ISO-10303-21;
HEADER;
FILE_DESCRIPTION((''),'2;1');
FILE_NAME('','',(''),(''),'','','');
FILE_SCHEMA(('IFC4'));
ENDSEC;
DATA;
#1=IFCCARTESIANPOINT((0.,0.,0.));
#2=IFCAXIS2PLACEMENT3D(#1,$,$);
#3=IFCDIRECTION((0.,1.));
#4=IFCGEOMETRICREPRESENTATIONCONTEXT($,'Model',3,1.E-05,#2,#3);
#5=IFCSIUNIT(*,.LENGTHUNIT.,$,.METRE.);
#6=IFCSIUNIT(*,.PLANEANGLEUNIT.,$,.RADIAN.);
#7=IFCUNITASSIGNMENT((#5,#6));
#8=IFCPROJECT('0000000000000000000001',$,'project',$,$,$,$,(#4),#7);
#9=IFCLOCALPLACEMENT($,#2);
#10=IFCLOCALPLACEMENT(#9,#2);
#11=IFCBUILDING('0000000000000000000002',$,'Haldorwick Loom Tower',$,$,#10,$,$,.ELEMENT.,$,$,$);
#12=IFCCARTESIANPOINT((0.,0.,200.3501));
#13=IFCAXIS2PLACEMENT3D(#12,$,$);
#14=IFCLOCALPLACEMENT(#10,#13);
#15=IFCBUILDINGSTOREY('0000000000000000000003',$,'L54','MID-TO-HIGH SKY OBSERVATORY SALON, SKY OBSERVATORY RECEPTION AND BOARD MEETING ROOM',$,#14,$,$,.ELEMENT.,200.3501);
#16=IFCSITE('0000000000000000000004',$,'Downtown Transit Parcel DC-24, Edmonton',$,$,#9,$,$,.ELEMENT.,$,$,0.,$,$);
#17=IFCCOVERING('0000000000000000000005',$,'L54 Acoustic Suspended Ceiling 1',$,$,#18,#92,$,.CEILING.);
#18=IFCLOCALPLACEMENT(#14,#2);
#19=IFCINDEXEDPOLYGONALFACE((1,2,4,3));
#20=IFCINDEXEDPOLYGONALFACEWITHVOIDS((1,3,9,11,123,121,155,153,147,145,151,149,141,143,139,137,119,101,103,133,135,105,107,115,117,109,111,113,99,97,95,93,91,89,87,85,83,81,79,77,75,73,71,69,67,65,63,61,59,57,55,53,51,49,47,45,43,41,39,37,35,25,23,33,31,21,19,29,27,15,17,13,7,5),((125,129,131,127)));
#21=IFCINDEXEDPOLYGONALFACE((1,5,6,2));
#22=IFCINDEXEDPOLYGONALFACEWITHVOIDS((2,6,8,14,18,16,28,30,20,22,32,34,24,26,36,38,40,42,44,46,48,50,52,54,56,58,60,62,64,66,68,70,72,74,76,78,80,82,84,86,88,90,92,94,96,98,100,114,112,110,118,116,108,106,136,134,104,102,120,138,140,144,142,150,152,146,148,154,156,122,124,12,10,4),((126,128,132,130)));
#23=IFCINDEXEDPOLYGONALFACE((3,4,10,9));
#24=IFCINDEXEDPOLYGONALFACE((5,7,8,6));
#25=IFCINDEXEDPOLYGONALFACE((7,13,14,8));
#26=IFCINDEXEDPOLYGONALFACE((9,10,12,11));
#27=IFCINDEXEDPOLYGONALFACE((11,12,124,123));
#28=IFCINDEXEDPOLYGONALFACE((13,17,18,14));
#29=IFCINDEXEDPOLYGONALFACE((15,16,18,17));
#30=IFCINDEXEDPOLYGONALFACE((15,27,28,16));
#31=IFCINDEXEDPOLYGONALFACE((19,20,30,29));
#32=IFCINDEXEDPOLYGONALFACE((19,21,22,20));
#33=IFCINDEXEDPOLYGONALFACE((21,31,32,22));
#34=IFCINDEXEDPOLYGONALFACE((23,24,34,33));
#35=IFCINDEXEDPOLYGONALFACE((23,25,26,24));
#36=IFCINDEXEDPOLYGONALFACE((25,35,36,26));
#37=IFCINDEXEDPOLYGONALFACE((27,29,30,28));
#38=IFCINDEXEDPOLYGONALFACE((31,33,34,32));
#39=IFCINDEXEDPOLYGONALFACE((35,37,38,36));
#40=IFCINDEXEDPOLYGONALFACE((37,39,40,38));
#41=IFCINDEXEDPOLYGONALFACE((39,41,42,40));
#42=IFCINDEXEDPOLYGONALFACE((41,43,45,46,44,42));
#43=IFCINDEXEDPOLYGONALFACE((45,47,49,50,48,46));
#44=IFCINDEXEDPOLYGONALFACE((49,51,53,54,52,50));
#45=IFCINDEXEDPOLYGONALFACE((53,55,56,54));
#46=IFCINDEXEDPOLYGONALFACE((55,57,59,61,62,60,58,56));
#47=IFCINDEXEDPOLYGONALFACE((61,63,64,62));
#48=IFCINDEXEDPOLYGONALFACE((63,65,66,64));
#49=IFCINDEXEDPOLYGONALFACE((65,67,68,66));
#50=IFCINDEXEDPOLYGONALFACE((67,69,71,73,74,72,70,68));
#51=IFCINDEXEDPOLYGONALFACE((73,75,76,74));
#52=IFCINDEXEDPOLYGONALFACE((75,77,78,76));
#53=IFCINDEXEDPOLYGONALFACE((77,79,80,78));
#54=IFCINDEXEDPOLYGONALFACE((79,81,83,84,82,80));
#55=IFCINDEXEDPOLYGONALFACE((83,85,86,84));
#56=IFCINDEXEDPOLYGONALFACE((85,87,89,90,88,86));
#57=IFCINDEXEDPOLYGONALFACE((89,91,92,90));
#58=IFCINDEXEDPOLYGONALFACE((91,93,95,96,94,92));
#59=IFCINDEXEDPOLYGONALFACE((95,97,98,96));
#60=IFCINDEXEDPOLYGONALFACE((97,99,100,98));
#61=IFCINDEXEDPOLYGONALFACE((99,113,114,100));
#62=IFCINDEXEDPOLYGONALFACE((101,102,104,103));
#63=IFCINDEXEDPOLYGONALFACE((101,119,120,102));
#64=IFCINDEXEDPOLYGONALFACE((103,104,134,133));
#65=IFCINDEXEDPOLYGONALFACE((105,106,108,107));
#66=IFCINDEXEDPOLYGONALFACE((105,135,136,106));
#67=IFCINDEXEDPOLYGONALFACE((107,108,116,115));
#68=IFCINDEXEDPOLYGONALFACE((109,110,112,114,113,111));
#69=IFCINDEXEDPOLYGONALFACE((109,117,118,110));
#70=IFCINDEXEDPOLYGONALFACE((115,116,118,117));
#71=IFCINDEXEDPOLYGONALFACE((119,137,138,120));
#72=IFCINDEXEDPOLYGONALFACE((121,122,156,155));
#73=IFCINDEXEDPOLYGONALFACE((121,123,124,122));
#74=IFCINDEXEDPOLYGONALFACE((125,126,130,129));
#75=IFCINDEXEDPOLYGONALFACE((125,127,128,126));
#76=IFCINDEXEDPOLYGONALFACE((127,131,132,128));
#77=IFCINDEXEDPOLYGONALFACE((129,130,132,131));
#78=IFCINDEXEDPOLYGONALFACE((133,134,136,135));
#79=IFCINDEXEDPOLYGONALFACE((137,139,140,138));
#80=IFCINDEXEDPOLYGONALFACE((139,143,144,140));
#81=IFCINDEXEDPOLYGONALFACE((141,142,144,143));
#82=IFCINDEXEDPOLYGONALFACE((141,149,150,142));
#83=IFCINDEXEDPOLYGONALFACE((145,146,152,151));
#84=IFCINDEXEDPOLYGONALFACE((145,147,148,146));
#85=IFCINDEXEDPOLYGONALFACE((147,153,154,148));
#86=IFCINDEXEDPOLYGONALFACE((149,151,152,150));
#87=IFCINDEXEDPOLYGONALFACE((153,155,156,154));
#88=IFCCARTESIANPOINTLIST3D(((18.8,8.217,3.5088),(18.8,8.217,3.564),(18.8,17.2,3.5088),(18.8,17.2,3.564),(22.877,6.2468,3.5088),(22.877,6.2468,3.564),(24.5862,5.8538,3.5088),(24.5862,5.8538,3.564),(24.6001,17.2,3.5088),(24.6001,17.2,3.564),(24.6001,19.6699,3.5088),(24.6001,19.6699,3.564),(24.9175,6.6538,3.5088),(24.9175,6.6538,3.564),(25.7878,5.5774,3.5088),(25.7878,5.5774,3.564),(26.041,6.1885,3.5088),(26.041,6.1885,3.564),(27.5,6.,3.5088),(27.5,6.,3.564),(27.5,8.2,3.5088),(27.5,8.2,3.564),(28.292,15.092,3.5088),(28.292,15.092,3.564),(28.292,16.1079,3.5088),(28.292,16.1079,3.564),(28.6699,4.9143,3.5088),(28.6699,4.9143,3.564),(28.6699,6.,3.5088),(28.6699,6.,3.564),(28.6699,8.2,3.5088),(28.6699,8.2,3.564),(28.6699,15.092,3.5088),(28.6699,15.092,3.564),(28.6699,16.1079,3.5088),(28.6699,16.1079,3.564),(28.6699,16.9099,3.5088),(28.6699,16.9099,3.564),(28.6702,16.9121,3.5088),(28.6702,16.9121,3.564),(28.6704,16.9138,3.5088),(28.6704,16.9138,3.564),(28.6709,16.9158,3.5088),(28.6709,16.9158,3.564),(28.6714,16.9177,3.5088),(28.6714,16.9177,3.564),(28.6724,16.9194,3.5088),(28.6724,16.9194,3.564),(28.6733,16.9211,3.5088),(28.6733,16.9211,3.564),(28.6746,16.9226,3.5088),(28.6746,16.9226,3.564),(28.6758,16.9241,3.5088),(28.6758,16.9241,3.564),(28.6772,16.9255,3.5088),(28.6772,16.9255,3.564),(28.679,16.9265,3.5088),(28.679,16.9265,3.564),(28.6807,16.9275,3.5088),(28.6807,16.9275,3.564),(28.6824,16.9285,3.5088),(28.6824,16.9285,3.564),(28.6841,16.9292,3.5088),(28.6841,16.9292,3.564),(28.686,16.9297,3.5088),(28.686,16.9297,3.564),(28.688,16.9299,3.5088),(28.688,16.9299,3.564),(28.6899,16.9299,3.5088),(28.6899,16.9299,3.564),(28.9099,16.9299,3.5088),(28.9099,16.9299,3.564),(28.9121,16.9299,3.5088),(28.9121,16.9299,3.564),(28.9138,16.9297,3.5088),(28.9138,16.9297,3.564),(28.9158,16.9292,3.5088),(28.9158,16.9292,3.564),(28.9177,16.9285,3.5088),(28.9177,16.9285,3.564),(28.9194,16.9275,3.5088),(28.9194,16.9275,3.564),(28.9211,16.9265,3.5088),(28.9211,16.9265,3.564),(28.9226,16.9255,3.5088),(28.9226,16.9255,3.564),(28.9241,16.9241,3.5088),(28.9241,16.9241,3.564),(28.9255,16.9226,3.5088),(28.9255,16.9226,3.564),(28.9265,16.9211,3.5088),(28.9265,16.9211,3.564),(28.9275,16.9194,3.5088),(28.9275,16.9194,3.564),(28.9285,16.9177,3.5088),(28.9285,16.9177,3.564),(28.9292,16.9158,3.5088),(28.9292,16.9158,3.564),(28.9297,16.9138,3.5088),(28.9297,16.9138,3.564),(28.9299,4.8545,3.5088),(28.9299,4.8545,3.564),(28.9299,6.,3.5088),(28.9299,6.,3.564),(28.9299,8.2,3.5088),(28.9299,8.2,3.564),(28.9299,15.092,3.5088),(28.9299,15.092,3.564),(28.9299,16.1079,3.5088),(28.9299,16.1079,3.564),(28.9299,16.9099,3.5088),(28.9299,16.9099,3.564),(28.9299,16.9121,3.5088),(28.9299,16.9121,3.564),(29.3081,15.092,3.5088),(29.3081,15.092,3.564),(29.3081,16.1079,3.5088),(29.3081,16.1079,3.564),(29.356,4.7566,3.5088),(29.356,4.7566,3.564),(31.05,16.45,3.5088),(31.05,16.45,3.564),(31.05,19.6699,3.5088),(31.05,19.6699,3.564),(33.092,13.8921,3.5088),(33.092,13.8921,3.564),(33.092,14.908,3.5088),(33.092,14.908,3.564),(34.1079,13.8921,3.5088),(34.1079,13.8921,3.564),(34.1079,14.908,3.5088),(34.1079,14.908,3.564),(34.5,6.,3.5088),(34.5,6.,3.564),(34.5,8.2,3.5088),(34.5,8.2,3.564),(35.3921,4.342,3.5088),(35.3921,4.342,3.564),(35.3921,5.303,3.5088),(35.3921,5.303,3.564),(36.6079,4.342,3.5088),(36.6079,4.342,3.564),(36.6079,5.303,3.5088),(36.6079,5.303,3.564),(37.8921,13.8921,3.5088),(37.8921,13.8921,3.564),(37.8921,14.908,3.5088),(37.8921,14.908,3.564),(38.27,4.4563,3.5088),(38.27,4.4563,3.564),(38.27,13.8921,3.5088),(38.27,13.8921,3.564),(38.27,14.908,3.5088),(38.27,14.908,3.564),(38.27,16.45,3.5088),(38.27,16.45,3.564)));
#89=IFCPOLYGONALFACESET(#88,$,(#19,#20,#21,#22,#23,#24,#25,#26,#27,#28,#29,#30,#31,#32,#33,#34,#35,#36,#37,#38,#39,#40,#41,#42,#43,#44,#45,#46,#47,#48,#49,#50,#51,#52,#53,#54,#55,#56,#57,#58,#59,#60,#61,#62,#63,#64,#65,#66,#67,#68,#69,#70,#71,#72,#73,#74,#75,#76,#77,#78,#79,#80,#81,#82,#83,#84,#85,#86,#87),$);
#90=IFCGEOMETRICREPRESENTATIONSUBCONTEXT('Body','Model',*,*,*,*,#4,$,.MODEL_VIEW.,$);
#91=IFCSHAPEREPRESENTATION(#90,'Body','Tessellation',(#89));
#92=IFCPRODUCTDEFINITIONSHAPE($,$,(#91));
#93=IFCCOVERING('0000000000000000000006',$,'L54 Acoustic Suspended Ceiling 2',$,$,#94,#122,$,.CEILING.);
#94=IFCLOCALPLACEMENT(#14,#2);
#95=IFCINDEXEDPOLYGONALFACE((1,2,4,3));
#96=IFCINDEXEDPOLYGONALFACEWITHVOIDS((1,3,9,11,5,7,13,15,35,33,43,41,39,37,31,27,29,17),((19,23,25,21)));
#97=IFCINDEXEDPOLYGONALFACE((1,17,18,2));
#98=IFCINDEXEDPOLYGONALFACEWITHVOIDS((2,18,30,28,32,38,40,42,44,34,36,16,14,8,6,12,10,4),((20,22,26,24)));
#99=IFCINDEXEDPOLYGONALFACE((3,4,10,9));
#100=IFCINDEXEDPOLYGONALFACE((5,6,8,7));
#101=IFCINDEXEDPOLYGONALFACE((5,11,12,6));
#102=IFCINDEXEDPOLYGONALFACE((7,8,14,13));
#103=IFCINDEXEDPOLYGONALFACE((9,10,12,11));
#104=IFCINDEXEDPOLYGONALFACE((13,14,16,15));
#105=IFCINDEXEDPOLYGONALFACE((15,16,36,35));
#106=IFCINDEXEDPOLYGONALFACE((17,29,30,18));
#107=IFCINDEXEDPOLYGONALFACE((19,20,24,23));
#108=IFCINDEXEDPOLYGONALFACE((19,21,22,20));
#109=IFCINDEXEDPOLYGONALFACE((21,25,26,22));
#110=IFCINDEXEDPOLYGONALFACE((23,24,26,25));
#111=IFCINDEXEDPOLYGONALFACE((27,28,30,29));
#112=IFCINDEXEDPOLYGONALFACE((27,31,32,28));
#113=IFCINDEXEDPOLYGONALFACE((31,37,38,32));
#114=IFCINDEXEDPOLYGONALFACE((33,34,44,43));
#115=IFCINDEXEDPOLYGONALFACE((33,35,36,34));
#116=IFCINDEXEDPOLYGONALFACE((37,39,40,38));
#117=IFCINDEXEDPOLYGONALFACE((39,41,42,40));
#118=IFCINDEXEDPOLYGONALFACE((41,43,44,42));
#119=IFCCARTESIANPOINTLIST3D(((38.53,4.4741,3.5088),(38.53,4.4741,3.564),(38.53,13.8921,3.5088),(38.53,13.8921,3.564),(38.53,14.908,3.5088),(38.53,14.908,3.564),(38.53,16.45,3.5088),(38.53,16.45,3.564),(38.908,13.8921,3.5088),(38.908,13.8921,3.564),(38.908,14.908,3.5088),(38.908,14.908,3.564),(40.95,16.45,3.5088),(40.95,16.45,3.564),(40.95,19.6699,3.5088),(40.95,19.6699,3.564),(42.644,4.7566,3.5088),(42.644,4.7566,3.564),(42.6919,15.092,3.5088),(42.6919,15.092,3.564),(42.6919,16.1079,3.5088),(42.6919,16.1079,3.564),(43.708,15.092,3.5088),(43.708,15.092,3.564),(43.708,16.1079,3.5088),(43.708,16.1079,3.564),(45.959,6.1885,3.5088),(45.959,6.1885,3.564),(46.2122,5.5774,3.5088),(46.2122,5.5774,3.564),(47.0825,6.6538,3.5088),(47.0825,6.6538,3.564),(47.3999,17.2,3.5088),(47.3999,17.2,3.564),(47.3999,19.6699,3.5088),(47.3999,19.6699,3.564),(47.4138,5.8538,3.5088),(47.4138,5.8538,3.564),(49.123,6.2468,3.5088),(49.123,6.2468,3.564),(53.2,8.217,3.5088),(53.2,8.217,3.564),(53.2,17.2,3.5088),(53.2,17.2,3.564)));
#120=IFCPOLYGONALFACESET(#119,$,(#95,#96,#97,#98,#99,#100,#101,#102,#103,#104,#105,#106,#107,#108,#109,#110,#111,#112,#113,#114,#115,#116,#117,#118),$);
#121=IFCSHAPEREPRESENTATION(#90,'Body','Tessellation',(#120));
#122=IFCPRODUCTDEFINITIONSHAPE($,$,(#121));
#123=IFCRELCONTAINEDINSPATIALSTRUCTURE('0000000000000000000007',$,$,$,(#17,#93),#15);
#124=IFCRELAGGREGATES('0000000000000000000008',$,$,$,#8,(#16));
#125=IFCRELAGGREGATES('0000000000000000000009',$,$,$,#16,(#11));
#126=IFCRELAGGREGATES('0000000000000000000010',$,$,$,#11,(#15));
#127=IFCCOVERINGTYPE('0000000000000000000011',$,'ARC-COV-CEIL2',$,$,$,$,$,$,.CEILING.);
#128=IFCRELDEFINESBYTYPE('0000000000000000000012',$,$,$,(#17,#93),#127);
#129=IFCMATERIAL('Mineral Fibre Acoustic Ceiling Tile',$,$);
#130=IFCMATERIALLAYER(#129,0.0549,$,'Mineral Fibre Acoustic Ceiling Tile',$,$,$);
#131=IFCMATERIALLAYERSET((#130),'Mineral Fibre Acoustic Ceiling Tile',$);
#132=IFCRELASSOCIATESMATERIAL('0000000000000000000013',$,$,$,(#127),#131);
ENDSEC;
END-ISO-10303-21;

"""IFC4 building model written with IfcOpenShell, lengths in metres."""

from ifc_helpers import new_model, si_unit, direction, frame, origin, place, context, subcontext, project, spatial, polyline, outline, extrude, material, layer, layer_set, type_object, element, save


model = new_model("IFC4")

# Units and contexts
model_context = context("Model", 3, precision=1e-05, world=origin(), true_north=direction((0.0, 1.0)))
body_context = subcontext(model_context, "Body", "Model", "MODEL_VIEW")
ifc_project = project(units=[si_unit("LENGTHUNIT", "METRE"), si_unit("PLANEANGLEUNIT", "RADIAN")], contexts=[model_context])

# Site, building, storey
site_placement = place(None, origin())
site = spatial("IfcSite", under=ifc_project, at=site_placement, Name="Downtown Transit Parcel DC-24, Edmonton", CompositionType="ELEMENT", RefElevation=0.0)
building_placement = place(site_placement, origin())
building = spatial("IfcBuilding", under=site, at=building_placement, Name="Haldorwick Loom Tower", CompositionType="ELEMENT")
storey_placement = place(building_placement, frame((0.0, 0.0, 200.3501)))
storey = spatial("IfcBuildingStorey", under=building, at=storey_placement, Name="L54", Description="MID-TO-HIGH SKY OBSERVATORY SALON, SKY OBSERVATORY RECEPTION AND BOARD MEETING ROOM", CompositionType="ELEMENT", Elevation=200.3501)

# Coverings
ifc_material_1 = material(Name="Mineral Fibre Acoustic Ceiling Tile")
ifc_layer_1 = layer(ifc_material_1, 0.0549, Name="Mineral Fibre Acoustic Ceiling Tile")
ifc_layer_set_1 = layer_set([ifc_layer_1], Name="Mineral Fibre Acoustic Ceiling Tile")
covering_type_1 = type_object("IfcCoveringType", Name="ARC-COV-CEIL2", PredefinedType="CEILING", material=ifc_layer_set_1)
covering_1_placement = place(storey_placement, frame((0.0, 0.0, 3.5088)))
element("IfcCovering", 1, at=covering_1_placement, inside=storey, type_object=covering_type_1, Name="L54 Acoustic Suspended Ceiling 1", PredefinedType="CEILING", context=body_context, shape_type="SweptSolid", body=[
    extrude(outline(polyline([(38.27, 4.4563), (38.27, 13.8921), (37.8921, 13.8921), (37.8921, 14.908), (38.27, 14.908), (38.27, 16.45), (31.05, 16.45), (31.05, 19.6699), (24.6001, 19.6699), (24.6001, 17.2), (18.8, 17.2), (18.8, 8.217), (22.877, 6.2468), (24.5862, 5.8538), (24.9175, 6.6538), (26.041, 6.1885), (25.7878, 5.5774), (28.6699, 4.9143), (28.6699, 6.0), (27.5, 6.0), (27.5, 8.2), (28.6699, 8.2), (28.6699, 15.092), (28.292, 15.092), (28.292, 16.1079), (28.6699, 16.1079), (28.6699, 16.9099), (28.6702, 16.9121), (28.6704, 16.9138), (28.6709, 16.9158), (28.6714, 16.9177), (28.6724, 16.9194), (28.6733, 16.9211), (28.6746, 16.9226), (28.6758, 16.9241), (28.6772, 16.9255), (28.679, 16.9265), (28.6807, 16.9275), (28.6824, 16.9285), (28.6841, 16.9292), (28.686, 16.9297), (28.688, 16.9299), (28.6899, 16.9299), (28.9099, 16.9299), (28.9121, 16.9299), (28.9138, 16.9297), (28.9158, 16.9292), (28.9177, 16.9285), (28.9194, 16.9275), (28.9211, 16.9265), (28.9226, 16.9255), (28.9241, 16.9241), (28.9255, 16.9226), (28.9265, 16.9211), (28.9275, 16.9194), (28.9285, 16.9177), (28.9292, 16.9158), (28.9297, 16.9138), (28.9299, 16.9121), (28.9299, 16.9099), (28.9299, 16.1079), (29.3081, 16.1079), (29.3081, 15.092), (28.9299, 15.092), (28.9299, 8.2), (34.5, 8.2), (34.5, 6.0), (28.9299, 6.0), (28.9299, 4.8545), (29.356, 4.7566), (35.3921, 4.342), (35.3921, 5.303), (36.6079, 5.303), (36.6079, 4.342), (38.27, 4.4563)]), holes=[polyline([(34.1079, 14.908), (34.1079, 13.8921), (33.092, 13.8921), (33.092, 14.908), (34.1079, 14.908)])]), origin(), (0.0, 0.0, 1.0), 0.0552),
])
covering_2_placement = place(storey_placement, frame((0.0, 0.0, 3.5088)))
element("IfcCovering", 2, at=covering_2_placement, inside=storey, type_object=covering_type_1, Name="L54 Acoustic Suspended Ceiling 2", PredefinedType="CEILING", context=body_context, shape_type="SweptSolid", body=[
    extrude(outline(polyline([(53.2, 8.217), (53.2, 17.2), (47.3999, 17.2), (47.3999, 19.6699), (40.95, 19.6699), (40.95, 16.45), (38.53, 16.45), (38.53, 14.908), (38.908, 14.908), (38.908, 13.8921), (38.53, 13.8921), (38.53, 4.4741), (42.644, 4.7566), (46.2122, 5.5774), (45.959, 6.1885), (47.0825, 6.6538), (47.4138, 5.8538), (49.123, 6.2468), (53.2, 8.217)]), holes=[polyline([(43.708, 16.1079), (43.708, 15.092), (42.6919, 15.092), (42.6919, 16.1079), (43.708, 16.1079)])]), origin(), (0.0, 0.0, 1.0), 0.0552),
])

save(model, "model.ifc")
